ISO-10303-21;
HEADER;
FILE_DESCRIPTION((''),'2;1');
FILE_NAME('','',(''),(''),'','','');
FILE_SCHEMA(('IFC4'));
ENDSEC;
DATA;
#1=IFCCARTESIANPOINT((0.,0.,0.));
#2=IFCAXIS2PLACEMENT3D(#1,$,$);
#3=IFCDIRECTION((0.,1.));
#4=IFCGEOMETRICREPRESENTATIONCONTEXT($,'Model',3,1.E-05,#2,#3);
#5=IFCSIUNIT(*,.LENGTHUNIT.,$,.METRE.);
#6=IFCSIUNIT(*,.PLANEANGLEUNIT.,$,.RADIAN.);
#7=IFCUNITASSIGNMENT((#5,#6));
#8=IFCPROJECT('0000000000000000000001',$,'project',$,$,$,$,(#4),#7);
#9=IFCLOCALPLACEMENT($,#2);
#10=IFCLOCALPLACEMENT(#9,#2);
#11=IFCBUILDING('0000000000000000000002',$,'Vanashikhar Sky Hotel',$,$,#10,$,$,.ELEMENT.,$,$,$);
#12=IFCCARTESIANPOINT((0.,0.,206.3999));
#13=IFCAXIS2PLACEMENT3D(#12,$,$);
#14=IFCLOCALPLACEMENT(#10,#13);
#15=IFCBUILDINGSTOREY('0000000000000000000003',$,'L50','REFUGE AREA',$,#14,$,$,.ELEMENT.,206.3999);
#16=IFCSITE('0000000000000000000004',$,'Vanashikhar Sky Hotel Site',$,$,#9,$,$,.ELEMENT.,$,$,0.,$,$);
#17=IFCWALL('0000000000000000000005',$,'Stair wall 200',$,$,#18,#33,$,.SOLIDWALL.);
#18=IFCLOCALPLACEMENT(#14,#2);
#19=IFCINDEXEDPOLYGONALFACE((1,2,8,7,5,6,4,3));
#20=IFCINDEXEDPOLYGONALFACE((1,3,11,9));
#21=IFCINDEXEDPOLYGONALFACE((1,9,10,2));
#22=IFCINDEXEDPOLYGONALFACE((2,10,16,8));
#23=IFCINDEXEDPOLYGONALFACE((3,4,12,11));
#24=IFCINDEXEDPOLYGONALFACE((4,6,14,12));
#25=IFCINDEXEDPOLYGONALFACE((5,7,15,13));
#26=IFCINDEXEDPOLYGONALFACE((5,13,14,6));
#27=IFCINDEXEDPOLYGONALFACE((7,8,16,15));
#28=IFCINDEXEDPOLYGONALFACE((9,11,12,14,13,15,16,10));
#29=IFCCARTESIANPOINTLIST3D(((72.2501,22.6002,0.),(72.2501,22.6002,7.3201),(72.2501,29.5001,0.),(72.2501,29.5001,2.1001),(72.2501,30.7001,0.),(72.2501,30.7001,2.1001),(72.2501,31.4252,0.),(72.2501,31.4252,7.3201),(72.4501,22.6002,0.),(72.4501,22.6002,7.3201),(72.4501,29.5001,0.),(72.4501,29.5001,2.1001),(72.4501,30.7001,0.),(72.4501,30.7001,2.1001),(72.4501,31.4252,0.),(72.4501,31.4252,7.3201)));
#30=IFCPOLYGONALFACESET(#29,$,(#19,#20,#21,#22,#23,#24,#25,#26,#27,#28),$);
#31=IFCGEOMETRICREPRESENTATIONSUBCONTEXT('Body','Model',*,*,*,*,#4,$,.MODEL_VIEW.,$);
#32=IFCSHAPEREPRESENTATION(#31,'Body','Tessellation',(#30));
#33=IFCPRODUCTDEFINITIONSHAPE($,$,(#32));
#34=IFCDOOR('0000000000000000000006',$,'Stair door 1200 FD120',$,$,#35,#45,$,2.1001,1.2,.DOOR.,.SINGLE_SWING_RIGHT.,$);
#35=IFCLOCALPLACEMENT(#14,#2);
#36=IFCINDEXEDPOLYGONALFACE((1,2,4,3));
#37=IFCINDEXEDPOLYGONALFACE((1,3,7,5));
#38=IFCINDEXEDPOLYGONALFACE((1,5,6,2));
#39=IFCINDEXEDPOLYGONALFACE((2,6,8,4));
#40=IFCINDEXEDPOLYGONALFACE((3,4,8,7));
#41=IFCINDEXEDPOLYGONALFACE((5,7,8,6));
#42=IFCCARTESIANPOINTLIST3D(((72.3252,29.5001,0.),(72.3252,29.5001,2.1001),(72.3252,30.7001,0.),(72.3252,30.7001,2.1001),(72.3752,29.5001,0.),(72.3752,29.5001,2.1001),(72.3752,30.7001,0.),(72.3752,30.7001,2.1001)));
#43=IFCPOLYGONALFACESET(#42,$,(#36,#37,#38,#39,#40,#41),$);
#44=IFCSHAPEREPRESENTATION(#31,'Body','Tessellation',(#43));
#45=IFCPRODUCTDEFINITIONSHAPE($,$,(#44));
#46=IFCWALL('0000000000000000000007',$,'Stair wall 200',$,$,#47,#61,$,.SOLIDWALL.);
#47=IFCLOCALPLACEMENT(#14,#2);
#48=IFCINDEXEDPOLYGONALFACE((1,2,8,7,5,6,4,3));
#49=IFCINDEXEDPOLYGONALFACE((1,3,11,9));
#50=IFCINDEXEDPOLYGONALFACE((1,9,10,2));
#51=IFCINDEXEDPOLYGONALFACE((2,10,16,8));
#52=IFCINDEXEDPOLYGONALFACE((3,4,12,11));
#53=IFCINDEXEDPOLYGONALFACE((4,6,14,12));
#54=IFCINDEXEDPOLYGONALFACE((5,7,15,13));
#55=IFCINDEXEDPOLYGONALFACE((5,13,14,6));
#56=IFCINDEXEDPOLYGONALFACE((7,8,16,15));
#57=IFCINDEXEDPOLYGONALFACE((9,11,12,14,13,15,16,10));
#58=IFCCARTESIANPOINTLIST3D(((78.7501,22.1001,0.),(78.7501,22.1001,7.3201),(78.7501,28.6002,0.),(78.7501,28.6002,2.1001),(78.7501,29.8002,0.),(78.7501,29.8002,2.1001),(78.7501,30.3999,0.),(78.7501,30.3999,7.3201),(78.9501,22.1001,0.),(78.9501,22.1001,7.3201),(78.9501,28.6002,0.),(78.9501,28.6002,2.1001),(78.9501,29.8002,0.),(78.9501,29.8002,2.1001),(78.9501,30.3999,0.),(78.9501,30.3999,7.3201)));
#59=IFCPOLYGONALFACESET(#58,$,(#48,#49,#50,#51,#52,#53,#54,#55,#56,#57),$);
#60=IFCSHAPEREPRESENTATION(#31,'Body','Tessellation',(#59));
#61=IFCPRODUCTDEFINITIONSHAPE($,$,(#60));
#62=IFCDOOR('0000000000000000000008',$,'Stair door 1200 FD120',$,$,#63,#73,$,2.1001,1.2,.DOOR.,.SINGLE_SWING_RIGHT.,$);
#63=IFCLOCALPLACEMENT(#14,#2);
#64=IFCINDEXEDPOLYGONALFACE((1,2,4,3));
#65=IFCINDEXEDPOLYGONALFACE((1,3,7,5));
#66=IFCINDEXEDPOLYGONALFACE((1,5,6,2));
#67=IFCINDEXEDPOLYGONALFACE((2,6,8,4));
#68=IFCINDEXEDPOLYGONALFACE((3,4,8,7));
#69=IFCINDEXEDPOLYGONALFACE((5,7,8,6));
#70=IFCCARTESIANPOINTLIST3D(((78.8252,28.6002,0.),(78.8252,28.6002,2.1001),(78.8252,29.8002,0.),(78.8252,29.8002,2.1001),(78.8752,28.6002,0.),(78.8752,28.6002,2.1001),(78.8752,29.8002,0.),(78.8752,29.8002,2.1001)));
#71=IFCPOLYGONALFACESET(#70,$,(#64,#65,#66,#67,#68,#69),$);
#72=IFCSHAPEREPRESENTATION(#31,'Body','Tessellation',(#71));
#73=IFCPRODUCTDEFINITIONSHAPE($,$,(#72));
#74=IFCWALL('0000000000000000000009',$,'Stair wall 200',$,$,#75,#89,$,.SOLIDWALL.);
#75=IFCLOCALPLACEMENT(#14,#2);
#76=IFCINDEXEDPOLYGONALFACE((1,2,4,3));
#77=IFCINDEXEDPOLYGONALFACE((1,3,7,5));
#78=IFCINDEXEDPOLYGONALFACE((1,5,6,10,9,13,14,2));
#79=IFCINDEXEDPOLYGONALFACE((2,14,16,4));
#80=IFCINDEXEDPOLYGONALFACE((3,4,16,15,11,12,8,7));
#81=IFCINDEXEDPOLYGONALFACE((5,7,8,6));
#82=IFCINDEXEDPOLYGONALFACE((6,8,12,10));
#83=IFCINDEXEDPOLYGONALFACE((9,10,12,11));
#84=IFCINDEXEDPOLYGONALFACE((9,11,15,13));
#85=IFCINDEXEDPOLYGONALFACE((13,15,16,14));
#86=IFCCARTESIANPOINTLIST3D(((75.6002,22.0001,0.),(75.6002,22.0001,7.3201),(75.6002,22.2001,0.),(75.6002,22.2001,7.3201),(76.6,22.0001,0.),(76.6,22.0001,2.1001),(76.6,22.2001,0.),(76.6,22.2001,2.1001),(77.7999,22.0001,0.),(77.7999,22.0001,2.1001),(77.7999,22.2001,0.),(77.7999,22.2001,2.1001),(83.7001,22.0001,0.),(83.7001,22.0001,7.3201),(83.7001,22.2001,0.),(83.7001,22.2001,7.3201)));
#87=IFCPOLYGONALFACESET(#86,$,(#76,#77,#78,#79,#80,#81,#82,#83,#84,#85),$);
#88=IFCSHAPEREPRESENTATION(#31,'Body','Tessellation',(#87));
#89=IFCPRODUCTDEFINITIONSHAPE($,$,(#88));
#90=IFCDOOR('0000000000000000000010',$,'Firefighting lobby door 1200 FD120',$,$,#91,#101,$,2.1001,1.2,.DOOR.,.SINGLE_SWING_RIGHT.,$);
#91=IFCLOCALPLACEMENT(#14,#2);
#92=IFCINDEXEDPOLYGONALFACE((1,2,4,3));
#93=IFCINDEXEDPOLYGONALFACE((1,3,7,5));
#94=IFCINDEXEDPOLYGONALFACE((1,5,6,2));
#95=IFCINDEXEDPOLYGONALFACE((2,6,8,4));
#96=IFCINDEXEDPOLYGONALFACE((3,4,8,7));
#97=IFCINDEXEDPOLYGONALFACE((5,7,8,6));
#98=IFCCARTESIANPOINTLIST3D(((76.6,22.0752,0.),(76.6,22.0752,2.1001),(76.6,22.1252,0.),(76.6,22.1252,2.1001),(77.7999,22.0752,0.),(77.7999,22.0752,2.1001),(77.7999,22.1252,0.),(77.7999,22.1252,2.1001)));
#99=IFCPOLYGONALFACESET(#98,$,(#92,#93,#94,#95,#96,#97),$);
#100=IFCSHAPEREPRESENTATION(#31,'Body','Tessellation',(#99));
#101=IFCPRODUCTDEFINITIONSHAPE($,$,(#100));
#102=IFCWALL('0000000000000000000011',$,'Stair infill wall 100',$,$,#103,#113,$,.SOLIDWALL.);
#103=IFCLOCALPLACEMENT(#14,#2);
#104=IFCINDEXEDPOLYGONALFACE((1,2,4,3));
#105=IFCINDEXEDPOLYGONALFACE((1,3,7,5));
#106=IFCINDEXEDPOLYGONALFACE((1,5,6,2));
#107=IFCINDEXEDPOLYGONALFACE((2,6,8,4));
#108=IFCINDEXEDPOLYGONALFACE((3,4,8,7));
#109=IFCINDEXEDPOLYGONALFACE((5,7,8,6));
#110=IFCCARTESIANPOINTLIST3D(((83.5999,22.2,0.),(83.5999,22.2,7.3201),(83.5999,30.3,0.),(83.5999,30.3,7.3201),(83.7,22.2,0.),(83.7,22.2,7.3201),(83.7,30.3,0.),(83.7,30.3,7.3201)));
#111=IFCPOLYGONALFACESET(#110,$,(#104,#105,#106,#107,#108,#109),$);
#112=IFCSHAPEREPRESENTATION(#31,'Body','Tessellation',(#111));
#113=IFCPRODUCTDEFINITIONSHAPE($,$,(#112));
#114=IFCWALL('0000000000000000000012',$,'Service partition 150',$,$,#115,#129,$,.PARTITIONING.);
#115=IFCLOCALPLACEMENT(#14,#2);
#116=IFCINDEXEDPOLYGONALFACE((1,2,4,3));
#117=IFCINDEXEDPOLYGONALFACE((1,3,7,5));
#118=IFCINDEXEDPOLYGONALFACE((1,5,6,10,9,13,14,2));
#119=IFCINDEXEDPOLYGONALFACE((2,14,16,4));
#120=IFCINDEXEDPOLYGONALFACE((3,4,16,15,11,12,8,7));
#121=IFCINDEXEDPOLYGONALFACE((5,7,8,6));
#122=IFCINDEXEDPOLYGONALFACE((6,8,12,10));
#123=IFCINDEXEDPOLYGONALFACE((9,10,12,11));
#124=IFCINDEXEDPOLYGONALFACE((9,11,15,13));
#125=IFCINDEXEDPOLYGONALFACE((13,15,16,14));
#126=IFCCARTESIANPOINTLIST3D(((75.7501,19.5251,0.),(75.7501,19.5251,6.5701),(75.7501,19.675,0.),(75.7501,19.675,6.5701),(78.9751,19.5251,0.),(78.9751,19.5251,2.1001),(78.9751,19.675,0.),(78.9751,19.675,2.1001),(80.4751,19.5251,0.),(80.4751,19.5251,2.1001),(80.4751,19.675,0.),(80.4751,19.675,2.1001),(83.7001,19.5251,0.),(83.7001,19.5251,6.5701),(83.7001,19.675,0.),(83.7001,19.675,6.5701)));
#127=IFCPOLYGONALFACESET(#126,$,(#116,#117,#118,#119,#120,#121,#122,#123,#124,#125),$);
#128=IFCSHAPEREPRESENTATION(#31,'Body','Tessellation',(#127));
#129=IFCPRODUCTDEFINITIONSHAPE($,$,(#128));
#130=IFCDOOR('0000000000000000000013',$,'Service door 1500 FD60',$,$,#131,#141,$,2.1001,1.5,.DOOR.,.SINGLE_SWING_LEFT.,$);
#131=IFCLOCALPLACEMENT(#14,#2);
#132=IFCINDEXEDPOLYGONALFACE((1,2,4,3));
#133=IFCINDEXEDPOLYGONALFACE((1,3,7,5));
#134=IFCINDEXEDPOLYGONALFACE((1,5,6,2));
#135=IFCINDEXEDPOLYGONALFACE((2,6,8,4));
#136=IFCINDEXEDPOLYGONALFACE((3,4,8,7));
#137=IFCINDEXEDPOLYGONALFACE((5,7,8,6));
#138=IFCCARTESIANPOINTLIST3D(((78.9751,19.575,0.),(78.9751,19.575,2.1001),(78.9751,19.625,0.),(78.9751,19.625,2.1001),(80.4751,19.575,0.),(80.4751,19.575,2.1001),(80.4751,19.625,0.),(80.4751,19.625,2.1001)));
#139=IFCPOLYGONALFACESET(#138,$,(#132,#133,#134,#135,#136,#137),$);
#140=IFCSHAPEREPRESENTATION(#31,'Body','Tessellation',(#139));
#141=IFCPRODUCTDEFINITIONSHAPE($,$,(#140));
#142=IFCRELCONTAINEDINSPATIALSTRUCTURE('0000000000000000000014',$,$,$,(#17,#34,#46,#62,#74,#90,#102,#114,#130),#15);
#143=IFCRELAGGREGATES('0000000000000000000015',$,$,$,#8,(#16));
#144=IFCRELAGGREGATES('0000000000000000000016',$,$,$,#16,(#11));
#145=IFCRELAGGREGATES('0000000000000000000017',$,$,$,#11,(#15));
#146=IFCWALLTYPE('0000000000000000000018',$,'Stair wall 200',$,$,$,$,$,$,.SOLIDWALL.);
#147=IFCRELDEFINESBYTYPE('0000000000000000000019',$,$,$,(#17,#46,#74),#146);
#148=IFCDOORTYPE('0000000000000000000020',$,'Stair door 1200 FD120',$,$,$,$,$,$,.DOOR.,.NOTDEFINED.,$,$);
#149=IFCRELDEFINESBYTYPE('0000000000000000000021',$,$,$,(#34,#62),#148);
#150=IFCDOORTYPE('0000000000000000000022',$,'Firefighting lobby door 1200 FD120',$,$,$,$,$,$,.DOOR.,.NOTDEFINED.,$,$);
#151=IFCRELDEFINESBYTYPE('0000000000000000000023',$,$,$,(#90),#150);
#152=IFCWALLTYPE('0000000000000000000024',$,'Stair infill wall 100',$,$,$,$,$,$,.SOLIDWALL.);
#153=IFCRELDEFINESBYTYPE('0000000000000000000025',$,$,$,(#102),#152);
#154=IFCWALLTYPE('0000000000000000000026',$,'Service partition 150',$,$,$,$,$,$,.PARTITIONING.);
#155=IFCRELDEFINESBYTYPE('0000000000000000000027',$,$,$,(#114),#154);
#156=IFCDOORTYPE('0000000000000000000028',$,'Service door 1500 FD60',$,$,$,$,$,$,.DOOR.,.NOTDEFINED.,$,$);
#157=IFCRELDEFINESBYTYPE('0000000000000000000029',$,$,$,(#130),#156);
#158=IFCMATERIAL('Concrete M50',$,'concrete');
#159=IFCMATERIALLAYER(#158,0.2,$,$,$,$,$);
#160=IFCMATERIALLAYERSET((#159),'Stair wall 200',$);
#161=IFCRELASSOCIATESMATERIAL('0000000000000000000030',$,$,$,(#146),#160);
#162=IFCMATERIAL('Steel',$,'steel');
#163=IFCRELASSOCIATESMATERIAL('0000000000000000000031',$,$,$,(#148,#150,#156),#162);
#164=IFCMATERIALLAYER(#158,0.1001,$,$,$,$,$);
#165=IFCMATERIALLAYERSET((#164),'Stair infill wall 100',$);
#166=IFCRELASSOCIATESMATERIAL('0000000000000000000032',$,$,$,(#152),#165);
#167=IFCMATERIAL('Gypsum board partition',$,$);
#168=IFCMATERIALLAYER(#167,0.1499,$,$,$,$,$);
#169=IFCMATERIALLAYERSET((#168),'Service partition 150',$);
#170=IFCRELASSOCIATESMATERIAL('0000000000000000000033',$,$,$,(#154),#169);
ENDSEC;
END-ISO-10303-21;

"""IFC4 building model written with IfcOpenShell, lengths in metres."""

from ifc_helpers import new_model, si_unit, direction, frame, frame_2d, origin, place, context, subcontext, project, spatial, rectangle, extrude, source, transform, mapped, material, layer, layer_set, type_object, element, fill, save


model = new_model("IFC4")

# Units and contexts
model_context = context("Model", 3, precision=1e-05, world=origin(), true_north=direction((0.0, 1.0)))
body_context = subcontext(model_context, "Body", "Model", "MODEL_VIEW")
ifc_project = project(units=[si_unit("LENGTHUNIT", "METRE"), si_unit("PLANEANGLEUNIT", "RADIAN")], contexts=[model_context])

# Site, building, storey
site_placement = place(None, origin())
site = spatial("IfcSite", under=ifc_project, at=site_placement, Name="Vanashikhar Sky Hotel Site", CompositionType="ELEMENT", RefElevation=0.0)
building_placement = place(site_placement, origin())
building = spatial("IfcBuilding", under=site, at=building_placement, Name="Vanashikhar Sky Hotel", CompositionType="ELEMENT")
storey_placement = place(building_placement, frame((0.0, 0.0, 206.3999)))
storey = spatial("IfcBuildingStorey", under=building, at=storey_placement, Name="L50", Description="REFUGE AREA", CompositionType="ELEMENT", Elevation=206.3999)

# Shared definitions
ifc_material_1 = material(Name="Concrete M50", Category="concrete")

# Shared definitions
ifc_material_2 = material(Name="Steel", Category="steel")
shared_shape_1 = source(origin(), body_context, "Body", "SweptSolid", [
    extrude(rectangle(XDim=1.2, YDim=2.1001, at=frame_2d((0.6001, 1.05))), frame((0.0, 0.0249, 0.0), z_axis=(0.0, -1.0, 0.0), x_axis=(1.0, 0.0, 0.0)), (0.0, 0.0, 1.0), 0.05),
])

# Walls, openings, doors
ifc_layer_1 = layer(ifc_material_1, 0.2)
ifc_layer_set_1 = layer_set([ifc_layer_1], Name="Stair wall 200")
wall_type_1 = type_object("IfcWallType", Name="Stair wall 200", PredefinedType="SOLIDWALL", material=ifc_layer_set_1)
shared_shape_2 = source(origin(), body_context, "Body", "SweptSolid", [
    extrude(rectangle(XDim=8.825, YDim=0.2, at=frame_2d((4.4126, 0.0))), origin(), (0.0, 0.0, 1.0), 7.3201),
])
wall_1_placement = place(storey_placement, frame((72.3501, 22.6001, 0.0), z_axis=(0.0, 0.0, 1.0), x_axis=(0.0, 1.0, 0.0)))
wall_1 = element("IfcWall", 1, at=wall_1_placement, inside=storey, type_object=wall_type_1, Name="Stair wall 200", PredefinedType="SOLIDWALL", context=body_context, shape_type="MappedRepresentation", body=[
    mapped(shared_shape_2, transform((0.0, 0.0, 0.0), scale=1.0)),
])
shared_shape_3 = source(origin(), body_context, "Body", "SweptSolid", [
    extrude(rectangle(XDim=1.2, YDim=2.1001, at=frame_2d((0.6001, 1.05))), frame((0.0, 0.1099, 0.0), z_axis=(0.0, -1.0, 0.0), x_axis=(1.0, 0.0, 0.0)), (0.0, 0.0, 1.0), 0.22),
])
opening_1_placement = place(wall_1_placement, frame((6.8999, 0.0, 0.0)))
opening_1 = element("IfcOpeningElement", 2, at=opening_1_placement, cuts=wall_1, PredefinedType="OPENING", context=body_context, shape_type="MappedRepresentation", body=[
    mapped(shared_shape_3, transform((0.0, 0.0, 0.0), scale=1.0)),
])
door_type_1 = type_object("IfcDoorType", Name="Stair door 1200 FD120", OperationType="NOTDEFINED", PredefinedType="DOOR", material=ifc_material_2)
door_1_placement = place(opening_1_placement, origin())
door_1 = element("IfcDoor", 3, at=door_1_placement, inside=storey, type_object=door_type_1, Name="Stair door 1200 FD120", OperationType="SINGLE_SWING_RIGHT", OverallHeight=2.1001, OverallWidth=1.2, PredefinedType="DOOR", context=body_context, shape_type="MappedRepresentation", body=[
    mapped(shared_shape_1, transform((0.0, 0.0, 0.0), scale=1.0)),
])
fill(opening_1, door_1)
shared_shape_4 = source(origin(), body_context, "Body", "SweptSolid", [
    extrude(rectangle(XDim=8.2998, YDim=0.2, at=frame_2d((4.1499, 0.0))), origin(), (0.0, 0.0, 1.0), 7.3201),
])
wall_2_placement = place(storey_placement, frame((78.8501, 22.1001, 0.0), z_axis=(0.0, 0.0, 1.0), x_axis=(0.0, 1.0, 0.0)))
wall_2 = element("IfcWall", 4, at=wall_2_placement, inside=storey, type_object=wall_type_1, Name="Stair wall 200", PredefinedType="SOLIDWALL", context=body_context, shape_type="MappedRepresentation", body=[
    mapped(shared_shape_4, transform((0.0, 0.0, 0.0), scale=1.0)),
])
opening_2_placement = place(wall_2_placement, frame((6.5, 0.0, 0.0)))
opening_2 = element("IfcOpeningElement", 5, at=opening_2_placement, cuts=wall_2, PredefinedType="OPENING", context=body_context, shape_type="MappedRepresentation", body=[
    mapped(shared_shape_3, transform((0.0, 0.0, 0.0), scale=1.0)),
])
door_2_placement = place(opening_2_placement, origin())
door_2 = element("IfcDoor", 6, at=door_2_placement, inside=storey, type_object=door_type_1, Name="Stair door 1200 FD120", OperationType="SINGLE_SWING_RIGHT", OverallHeight=2.1001, OverallWidth=1.2, PredefinedType="DOOR", context=body_context, shape_type="MappedRepresentation", body=[
    mapped(shared_shape_1, transform((0.0, 0.0, 0.0), scale=1.0)),
])
fill(opening_2, door_2)
shared_shape_5 = source(origin(), body_context, "Body", "SweptSolid", [
    extrude(rectangle(XDim=8.0999, YDim=0.2, at=frame_2d((4.0498, 0.0))), origin(), (0.0, 0.0, 1.0), 7.3201),
])
wall_3_placement = place(storey_placement, frame((83.7, 22.1001, 0.0), z_axis=(0.0, 0.0, 1.0), x_axis=(-1.0, 0.0, 0.0)))
wall_3 = element("IfcWall", 7, at=wall_3_placement, inside=storey, type_object=wall_type_1, Name="Stair wall 200", PredefinedType="SOLIDWALL", context=body_context, shape_type="MappedRepresentation", body=[
    mapped(shared_shape_5, transform((0.0, 0.0, 0.0), scale=1.0)),
])
opening_3_placement = place(wall_3_placement, frame((5.8999, 0.0, 0.0)))
opening_3 = element("IfcOpeningElement", 8, at=opening_3_placement, cuts=wall_3, PredefinedType="OPENING", context=body_context, shape_type="MappedRepresentation", body=[
    mapped(shared_shape_3, transform((0.0, 0.0, 0.0), scale=1.0)),
])
door_type_2 = type_object("IfcDoorType", Name="Firefighting lobby door 1200 FD120", OperationType="NOTDEFINED", PredefinedType="DOOR", material=ifc_material_2)
door_3_placement = place(opening_3_placement, origin())
door_3 = element("IfcDoor", 9, at=door_3_placement, inside=storey, type_object=door_type_2, Name="Firefighting lobby door 1200 FD120", OperationType="SINGLE_SWING_RIGHT", OverallHeight=2.1001, OverallWidth=1.2, PredefinedType="DOOR", context=body_context, shape_type="MappedRepresentation", body=[
    mapped(shared_shape_1, transform((0.0, 0.0, 0.0), scale=1.0)),
])
fill(opening_3, door_3)

# Wall
ifc_layer_2 = layer(ifc_material_1, 0.1001)
ifc_layer_set_2 = layer_set([ifc_layer_2], Name="Stair infill wall 100")
wall_type_2 = type_object("IfcWallType", Name="Stair infill wall 100", PredefinedType="SOLIDWALL", material=ifc_layer_set_2)
shared_shape_6 = source(origin(), body_context, "Body", "SweptSolid", [
    extrude(rectangle(XDim=8.1001, YDim=0.1001, at=frame_2d((4.05, 0.0))), origin(), (0.0, 0.0, 1.0), 7.3201),
])
wall_4_placement = place(storey_placement, frame((83.6499, 22.2, 0.0), z_axis=(0.0, 0.0, 1.0), x_axis=(0.0, 1.0, 0.0)))
element("IfcWall", 10, at=wall_4_placement, inside=storey, type_object=wall_type_2, Name="Stair infill wall 100", PredefinedType="SOLIDWALL", context=body_context, shape_type="MappedRepresentation", body=[
    mapped(shared_shape_6, transform((0.0, 0.0, 0.0), scale=1.0)),
])

# Wall, opening, door
ifc_material_3 = material(Name="Gypsum board partition")
ifc_layer_3 = layer(ifc_material_3, 0.1499)
ifc_layer_set_3 = layer_set([ifc_layer_3], Name="Service partition 150")
wall_type_3 = type_object("IfcWallType", Name="Service partition 150", PredefinedType="PARTITIONING", material=ifc_layer_set_3)
shared_shape_7 = source(origin(), body_context, "Body", "SweptSolid", [
    extrude(rectangle(XDim=7.95, YDim=0.1499, at=frame_2d((3.9751, 0.0))), origin(), (0.0, 0.0, 1.0), 6.5701),
])
wall_5_placement = place(storey_placement, frame((75.75, 19.6001, 0.0), z_axis=(0.0, 0.0, 1.0), x_axis=(1.0, 0.0, 0.0)))
wall_5 = element("IfcWall", 11, at=wall_5_placement, inside=storey, type_object=wall_type_3, Name="Service partition 150", PredefinedType="PARTITIONING", context=body_context, shape_type="MappedRepresentation", body=[
    mapped(shared_shape_7, transform((0.0, 0.0, 0.0), scale=1.0)),
])
shared_shape_8 = source(origin(), body_context, "Body", "SweptSolid", [
    extrude(rectangle(XDim=1.5, YDim=2.1001, at=frame_2d((0.75, 1.05))), frame((0.0, 0.085, 0.0), z_axis=(0.0, -1.0, 0.0), x_axis=(1.0, 0.0, 0.0)), (0.0, 0.0, 1.0), 0.1699),
])
opening_4_placement = place(wall_5_placement, frame((3.2251, 0.0, 0.0)))
opening_4 = element("IfcOpeningElement", 12, at=opening_4_placement, cuts=wall_5, PredefinedType="OPENING", context=body_context, shape_type="MappedRepresentation", body=[
    mapped(shared_shape_8, transform((0.0, 0.0, 0.0), scale=1.0)),
])
door_type_3 = type_object("IfcDoorType", Name="Service door 1500 FD60", OperationType="NOTDEFINED", PredefinedType="DOOR", material=ifc_material_2)
shared_shape_9 = source(origin(), body_context, "Body", "SweptSolid", [
    extrude(rectangle(XDim=1.5, YDim=2.1001, at=frame_2d((0.75, 1.05))), frame((0.0, 0.0249, 0.0), z_axis=(0.0, -1.0, 0.0), x_axis=(1.0, 0.0, 0.0)), (0.0, 0.0, 1.0), 0.05),
])
door_4_placement = place(opening_4_placement, origin())
door_4 = element("IfcDoor", 13, at=door_4_placement, inside=storey, type_object=door_type_3, Name="Service door 1500 FD60", OperationType="SINGLE_SWING_LEFT", OverallHeight=2.1001, OverallWidth=1.5, PredefinedType="DOOR", context=body_context, shape_type="MappedRepresentation", body=[
    mapped(shared_shape_9, transform((0.0, 0.0, 0.0), scale=1.0)),
])
fill(opening_4, door_4)

save(model, "model.ifc")
